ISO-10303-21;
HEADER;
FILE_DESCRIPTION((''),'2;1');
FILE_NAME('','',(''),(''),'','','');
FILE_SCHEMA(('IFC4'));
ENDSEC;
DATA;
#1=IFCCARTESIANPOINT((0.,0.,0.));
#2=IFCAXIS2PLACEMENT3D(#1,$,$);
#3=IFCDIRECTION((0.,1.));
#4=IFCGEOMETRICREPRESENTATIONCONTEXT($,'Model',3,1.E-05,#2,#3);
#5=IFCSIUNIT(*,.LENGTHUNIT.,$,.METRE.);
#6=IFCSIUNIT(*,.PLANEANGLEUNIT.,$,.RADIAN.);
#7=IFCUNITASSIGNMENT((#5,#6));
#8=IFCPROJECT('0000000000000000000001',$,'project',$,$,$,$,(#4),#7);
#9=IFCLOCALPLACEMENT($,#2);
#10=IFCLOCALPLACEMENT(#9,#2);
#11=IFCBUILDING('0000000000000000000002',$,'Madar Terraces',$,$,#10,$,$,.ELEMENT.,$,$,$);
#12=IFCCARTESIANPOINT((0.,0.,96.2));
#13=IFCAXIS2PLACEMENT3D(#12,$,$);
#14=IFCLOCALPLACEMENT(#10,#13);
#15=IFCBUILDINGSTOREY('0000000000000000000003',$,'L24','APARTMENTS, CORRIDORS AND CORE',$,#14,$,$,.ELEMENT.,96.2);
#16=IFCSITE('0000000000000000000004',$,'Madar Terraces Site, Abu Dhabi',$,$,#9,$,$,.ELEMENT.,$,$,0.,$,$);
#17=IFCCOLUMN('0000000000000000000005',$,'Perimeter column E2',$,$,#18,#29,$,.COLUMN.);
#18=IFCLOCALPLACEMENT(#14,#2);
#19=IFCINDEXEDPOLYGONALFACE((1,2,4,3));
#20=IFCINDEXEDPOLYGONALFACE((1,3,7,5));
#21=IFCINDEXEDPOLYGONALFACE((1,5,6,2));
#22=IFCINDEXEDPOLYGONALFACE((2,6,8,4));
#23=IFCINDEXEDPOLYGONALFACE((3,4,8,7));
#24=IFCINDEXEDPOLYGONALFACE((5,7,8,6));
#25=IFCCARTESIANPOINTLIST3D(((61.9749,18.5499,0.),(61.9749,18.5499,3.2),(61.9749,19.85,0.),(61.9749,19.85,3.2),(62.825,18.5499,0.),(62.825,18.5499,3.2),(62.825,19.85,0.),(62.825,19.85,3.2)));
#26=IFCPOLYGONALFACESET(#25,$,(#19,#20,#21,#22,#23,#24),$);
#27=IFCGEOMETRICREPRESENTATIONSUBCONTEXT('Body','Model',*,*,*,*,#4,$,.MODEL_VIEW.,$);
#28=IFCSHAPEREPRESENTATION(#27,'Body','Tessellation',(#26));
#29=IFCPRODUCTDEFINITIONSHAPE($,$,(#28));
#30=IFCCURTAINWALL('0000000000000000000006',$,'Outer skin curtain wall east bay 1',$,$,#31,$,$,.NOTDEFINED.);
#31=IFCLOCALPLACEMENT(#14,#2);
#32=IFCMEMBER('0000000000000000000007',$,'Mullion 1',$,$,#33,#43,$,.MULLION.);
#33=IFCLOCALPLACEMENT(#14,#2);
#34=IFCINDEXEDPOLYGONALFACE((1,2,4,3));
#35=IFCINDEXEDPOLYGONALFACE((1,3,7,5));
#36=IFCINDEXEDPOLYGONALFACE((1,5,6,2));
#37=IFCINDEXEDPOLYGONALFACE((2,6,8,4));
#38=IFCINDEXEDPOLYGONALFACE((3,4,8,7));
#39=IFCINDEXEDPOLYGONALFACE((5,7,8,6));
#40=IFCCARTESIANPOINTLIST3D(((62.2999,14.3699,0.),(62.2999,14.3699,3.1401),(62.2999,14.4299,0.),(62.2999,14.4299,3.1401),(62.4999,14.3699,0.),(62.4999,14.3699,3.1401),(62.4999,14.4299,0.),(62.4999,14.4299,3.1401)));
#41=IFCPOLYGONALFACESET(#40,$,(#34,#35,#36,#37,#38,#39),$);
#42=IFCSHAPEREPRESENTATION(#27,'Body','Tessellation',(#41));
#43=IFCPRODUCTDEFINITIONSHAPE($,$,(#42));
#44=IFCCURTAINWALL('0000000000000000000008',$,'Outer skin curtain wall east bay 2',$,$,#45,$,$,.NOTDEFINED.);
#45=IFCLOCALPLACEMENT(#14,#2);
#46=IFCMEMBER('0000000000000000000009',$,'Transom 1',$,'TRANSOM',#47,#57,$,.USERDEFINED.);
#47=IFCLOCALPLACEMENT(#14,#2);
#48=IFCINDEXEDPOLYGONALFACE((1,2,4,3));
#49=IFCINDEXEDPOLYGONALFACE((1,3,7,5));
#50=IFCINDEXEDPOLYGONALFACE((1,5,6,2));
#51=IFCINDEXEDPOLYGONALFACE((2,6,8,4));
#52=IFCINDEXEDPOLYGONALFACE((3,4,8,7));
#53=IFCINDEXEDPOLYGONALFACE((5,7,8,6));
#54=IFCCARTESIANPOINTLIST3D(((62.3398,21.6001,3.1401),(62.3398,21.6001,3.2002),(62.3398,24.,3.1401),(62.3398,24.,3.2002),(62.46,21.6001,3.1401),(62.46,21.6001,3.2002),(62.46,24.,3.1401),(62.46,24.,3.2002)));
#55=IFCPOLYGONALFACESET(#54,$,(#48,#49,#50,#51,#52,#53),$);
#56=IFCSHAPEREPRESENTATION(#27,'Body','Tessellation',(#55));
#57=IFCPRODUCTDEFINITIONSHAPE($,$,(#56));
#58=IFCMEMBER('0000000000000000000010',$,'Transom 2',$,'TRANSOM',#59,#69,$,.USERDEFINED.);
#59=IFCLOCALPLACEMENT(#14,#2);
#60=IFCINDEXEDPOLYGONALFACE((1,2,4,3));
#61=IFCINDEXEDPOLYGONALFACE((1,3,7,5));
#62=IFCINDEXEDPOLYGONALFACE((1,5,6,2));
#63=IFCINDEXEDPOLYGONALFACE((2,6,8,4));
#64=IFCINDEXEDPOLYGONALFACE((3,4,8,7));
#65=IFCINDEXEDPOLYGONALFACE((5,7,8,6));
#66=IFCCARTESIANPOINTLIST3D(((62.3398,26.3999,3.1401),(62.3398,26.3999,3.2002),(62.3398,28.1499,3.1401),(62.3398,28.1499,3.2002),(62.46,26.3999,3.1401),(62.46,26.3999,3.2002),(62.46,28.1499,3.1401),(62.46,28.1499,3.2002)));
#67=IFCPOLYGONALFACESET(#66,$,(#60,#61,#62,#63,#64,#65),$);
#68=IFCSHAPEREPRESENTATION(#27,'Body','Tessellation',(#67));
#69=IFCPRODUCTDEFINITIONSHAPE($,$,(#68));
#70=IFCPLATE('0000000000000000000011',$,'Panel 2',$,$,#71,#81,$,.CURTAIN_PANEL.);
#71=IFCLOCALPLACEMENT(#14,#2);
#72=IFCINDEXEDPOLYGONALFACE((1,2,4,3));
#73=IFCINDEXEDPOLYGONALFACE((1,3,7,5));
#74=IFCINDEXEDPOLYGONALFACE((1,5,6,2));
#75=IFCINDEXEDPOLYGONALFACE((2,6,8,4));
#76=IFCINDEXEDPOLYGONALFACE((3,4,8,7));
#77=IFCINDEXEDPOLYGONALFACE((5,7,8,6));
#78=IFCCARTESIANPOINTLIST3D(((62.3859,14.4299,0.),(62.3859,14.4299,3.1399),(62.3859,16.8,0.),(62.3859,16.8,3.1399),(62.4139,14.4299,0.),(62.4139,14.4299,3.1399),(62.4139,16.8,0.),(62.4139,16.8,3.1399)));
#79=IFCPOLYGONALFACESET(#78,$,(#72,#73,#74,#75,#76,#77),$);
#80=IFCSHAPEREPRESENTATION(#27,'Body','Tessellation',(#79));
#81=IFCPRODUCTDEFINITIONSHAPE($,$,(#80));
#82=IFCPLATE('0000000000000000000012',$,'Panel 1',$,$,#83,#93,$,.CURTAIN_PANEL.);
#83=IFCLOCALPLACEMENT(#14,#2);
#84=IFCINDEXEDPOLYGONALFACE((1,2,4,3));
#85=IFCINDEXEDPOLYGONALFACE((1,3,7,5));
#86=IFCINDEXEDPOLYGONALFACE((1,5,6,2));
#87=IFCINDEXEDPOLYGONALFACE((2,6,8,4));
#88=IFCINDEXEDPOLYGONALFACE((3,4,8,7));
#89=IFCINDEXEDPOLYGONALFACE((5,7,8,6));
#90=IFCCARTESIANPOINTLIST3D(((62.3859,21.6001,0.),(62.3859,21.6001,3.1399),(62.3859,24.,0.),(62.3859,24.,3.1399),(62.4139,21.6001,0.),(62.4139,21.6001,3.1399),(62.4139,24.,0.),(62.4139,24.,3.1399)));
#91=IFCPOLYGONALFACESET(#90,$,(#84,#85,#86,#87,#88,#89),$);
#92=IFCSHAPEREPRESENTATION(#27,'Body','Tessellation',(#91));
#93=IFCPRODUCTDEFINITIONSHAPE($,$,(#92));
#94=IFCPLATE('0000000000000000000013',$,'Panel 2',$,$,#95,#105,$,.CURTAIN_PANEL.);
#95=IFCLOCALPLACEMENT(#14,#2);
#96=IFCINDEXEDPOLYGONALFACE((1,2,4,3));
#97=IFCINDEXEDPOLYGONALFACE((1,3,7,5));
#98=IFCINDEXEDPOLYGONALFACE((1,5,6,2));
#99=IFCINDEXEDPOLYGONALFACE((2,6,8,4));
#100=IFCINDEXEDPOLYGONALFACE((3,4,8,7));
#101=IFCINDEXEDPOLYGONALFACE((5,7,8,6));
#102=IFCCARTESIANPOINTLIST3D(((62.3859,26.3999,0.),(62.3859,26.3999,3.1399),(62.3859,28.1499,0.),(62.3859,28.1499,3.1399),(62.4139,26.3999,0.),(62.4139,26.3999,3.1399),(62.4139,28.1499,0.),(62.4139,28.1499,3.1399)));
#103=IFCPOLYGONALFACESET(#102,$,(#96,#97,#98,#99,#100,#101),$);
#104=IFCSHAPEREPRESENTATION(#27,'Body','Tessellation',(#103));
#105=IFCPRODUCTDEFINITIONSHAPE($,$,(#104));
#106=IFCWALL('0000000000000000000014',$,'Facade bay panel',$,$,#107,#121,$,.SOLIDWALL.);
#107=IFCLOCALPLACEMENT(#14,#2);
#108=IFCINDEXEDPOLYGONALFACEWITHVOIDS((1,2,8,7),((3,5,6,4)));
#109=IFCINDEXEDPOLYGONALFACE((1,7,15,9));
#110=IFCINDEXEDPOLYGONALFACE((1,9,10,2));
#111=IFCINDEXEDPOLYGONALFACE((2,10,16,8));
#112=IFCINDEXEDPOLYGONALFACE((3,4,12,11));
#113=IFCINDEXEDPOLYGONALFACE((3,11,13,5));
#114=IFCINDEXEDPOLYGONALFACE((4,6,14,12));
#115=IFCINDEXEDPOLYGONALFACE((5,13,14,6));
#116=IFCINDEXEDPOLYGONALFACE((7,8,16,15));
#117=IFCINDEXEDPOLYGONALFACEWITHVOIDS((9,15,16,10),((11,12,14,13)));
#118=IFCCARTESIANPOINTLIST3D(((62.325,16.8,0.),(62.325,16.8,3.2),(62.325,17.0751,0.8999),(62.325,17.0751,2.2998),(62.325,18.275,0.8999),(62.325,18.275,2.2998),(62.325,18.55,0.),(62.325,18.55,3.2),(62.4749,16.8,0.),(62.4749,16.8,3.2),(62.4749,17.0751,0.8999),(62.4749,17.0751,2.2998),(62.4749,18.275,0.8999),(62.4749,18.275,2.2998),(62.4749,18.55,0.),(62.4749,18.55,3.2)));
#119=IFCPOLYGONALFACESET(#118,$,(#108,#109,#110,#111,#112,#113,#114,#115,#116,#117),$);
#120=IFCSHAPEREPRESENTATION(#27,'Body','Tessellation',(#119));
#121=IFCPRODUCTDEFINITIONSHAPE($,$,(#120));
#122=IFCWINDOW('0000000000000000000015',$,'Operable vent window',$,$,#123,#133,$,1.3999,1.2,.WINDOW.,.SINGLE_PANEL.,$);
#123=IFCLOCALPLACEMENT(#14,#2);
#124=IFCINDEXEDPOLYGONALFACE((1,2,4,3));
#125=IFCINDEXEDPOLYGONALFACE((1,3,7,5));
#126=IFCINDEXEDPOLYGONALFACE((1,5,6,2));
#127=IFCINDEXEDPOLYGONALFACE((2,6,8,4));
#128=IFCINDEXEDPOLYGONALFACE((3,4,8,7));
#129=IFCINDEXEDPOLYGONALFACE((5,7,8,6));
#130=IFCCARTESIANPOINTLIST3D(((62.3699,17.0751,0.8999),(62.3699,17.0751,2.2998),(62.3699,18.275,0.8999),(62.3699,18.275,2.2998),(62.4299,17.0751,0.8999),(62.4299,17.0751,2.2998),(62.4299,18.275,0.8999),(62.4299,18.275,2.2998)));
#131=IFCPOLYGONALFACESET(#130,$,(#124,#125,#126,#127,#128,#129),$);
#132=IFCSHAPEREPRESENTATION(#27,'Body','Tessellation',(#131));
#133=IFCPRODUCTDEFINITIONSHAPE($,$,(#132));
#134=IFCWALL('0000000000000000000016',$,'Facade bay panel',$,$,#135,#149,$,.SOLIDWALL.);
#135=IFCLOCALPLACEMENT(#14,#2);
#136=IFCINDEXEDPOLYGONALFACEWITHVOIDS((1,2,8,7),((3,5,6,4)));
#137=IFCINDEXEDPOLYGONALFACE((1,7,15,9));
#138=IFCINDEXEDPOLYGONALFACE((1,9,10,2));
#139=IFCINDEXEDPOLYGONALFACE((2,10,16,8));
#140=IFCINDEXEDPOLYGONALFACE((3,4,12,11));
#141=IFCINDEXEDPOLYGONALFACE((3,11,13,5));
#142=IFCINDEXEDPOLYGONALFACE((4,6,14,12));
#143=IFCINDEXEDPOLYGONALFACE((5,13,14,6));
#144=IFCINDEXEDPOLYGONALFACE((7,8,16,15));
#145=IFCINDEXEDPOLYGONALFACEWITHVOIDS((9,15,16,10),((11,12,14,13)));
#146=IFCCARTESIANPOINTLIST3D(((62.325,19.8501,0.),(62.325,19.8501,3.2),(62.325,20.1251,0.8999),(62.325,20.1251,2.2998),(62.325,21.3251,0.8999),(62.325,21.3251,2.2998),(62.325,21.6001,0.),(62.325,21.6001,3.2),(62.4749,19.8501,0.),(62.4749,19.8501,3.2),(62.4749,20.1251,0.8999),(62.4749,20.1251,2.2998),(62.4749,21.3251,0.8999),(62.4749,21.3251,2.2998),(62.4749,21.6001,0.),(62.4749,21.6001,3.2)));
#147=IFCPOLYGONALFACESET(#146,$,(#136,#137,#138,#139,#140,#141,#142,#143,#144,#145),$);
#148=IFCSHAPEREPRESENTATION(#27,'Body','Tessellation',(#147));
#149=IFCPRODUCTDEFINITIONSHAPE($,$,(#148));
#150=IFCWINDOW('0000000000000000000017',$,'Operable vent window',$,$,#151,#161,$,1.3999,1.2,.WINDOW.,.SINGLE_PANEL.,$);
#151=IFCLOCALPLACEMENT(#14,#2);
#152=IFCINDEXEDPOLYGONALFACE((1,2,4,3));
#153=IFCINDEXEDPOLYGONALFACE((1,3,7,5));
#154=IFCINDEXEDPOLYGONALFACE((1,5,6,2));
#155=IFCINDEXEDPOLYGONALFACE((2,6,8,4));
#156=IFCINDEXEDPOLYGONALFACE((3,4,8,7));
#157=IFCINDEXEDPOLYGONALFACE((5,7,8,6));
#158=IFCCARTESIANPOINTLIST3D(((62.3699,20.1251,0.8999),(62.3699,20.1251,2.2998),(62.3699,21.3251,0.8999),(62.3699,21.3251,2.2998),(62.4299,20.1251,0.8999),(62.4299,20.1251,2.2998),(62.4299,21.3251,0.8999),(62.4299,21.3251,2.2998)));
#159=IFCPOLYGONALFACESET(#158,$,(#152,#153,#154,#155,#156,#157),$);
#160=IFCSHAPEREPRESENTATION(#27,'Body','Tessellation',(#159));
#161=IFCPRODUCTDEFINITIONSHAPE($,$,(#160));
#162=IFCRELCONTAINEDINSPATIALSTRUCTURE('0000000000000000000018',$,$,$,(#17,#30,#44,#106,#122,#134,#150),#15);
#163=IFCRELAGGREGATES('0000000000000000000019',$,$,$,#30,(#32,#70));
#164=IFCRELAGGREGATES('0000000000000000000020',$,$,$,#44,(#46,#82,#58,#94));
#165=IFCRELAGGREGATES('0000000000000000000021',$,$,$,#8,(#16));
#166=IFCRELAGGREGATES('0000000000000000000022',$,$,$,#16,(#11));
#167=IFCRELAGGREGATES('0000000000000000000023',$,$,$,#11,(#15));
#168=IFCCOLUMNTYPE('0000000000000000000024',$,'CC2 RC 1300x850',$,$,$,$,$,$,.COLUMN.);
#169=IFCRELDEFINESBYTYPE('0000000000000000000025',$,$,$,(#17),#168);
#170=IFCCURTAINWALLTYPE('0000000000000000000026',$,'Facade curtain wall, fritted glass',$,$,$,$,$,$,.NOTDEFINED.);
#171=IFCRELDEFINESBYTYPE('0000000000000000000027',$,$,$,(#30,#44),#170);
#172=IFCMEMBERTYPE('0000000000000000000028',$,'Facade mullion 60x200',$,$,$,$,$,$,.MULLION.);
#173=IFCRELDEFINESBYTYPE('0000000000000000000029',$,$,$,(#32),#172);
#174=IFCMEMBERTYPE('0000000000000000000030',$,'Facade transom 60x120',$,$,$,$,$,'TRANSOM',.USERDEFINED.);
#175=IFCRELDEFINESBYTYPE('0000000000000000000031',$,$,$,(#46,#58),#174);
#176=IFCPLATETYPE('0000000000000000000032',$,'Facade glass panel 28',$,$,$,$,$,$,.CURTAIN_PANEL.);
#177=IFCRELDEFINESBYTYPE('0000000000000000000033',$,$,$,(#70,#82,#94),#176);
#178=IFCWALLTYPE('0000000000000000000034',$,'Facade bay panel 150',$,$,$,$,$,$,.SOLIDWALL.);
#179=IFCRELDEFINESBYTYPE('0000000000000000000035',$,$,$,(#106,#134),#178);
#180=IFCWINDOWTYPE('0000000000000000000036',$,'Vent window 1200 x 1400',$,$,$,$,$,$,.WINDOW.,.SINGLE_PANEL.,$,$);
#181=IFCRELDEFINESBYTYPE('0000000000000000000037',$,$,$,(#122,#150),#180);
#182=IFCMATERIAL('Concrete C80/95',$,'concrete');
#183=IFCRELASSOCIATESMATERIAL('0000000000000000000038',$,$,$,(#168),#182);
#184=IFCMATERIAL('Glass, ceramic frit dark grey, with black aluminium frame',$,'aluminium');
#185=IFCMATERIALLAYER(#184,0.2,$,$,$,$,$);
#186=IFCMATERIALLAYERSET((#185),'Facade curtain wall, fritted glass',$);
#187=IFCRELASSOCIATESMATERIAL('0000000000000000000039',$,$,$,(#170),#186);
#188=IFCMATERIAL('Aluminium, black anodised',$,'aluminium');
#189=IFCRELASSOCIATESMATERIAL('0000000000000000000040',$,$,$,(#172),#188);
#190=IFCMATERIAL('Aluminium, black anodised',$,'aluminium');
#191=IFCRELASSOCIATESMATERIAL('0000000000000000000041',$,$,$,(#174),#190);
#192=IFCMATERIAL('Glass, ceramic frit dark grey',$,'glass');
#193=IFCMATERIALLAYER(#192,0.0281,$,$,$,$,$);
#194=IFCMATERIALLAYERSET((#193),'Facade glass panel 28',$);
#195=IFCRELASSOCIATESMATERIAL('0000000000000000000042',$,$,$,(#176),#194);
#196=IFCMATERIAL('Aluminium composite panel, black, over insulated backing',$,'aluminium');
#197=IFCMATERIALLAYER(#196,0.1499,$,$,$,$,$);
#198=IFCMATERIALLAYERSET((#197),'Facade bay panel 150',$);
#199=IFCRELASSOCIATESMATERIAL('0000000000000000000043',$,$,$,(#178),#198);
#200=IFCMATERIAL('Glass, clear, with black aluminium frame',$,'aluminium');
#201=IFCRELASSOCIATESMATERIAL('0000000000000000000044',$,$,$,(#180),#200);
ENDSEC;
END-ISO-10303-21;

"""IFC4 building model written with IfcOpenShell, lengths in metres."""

from ifc_helpers import new_model, si_unit, direction, frame, frame_2d, origin, origin_2d, place, context, subcontext, project, spatial, rectangle, extrude, material, layer, layer_set, material_profile, profile_set, type_object, element, fill, aggregate, save


model = new_model("IFC4")

# Units and contexts
model_context = context("Model", 3, precision=1e-05, world=origin(), true_north=direction((0.0, 1.0)))
body_context = subcontext(model_context, "Body", "Model", "MODEL_VIEW")
ifc_project = project(units=[si_unit("LENGTHUNIT", "METRE"), si_unit("PLANEANGLEUNIT", "RADIAN")], contexts=[model_context])

# Site, building, storey
site_placement = place(None, origin())
site = spatial("IfcSite", under=ifc_project, at=site_placement, Name="Madar Terraces Site, Abu Dhabi", CompositionType="ELEMENT", RefElevation=0.0)
building_placement = place(site_placement, origin())
building = spatial("IfcBuilding", under=site, at=building_placement, Name="Madar Terraces", CompositionType="ELEMENT")
storey_placement = place(building_placement, frame((0.0, 0.0, 96.2)))
storey = spatial("IfcBuildingStorey", under=building, at=storey_placement, Name="L24", Description="APARTMENTS, CORRIDORS AND CORE", CompositionType="ELEMENT", Elevation=96.2)

# Column
ifc_material_1 = material(Name="Concrete C80/95", Category="concrete")
ifc_material_profile_1 = material_profile(ifc_material_1, rectangle(XDim=1.3, YDim=0.8501, at=origin_2d()), Name="CC2 RC 1300x850")
ifc_profile_set_1 = profile_set([ifc_material_profile_1], Name="Concrete C80/95")
column_type = type_object("IfcColumnType", Name="CC2 RC 1300x850", PredefinedType="COLUMN", material=ifc_profile_set_1)
column_placement = place(storey_placement, frame((62.3999, 19.2, 0.0), z_axis=(0.0, 0.0, 1.0), x_axis=(0.0, 1.0, 0.0)))
element("IfcColumn", 1, at=column_placement, inside=storey, type_object=column_type, Name="Perimeter column E2", PredefinedType="COLUMN", context=body_context, shape_type="SweptSolid", body=[
    extrude(rectangle(XDim=1.3, YDim=0.8501, at=origin_2d()), origin(), (0.0, 0.0, 1.0), 3.2),
])

# Curtain wall, member
ifc_material_2 = material(Name="Glass, ceramic frit dark grey, with black aluminium frame", Category="aluminium")
ifc_layer_1 = layer(ifc_material_2, 0.2)
ifc_layer_set_1 = layer_set([ifc_layer_1], Name="Facade curtain wall, fritted glass")
curtain_wall_type = type_object("IfcCurtainWallType", Name="Facade curtain wall, fritted glass", PredefinedType="NOTDEFINED", material=ifc_layer_set_1)
curtain_wall_1_placement = place(storey_placement, origin())
curtain_wall_1 = element("IfcCurtainWall", 2, at=curtain_wall_1_placement, inside=storey, type_object=curtain_wall_type, Name="Outer skin curtain wall east bay 1", PredefinedType="NOTDEFINED")
ifc_material_3 = material(Name="Aluminium, black anodised", Category="aluminium")
ifc_material_profile_2 = material_profile(ifc_material_3, rectangle(XDim=0.2, YDim=0.0601, at=origin_2d()), Name="Facade mullion 60x200")
ifc_profile_set_2 = profile_set([ifc_material_profile_2], Name="Aluminium, black anodised")
member_type_1 = type_object("IfcMemberType", Name="Facade mullion 60x200", PredefinedType="MULLION", material=ifc_profile_set_2)
member_1_placement = place(storey_placement, frame((62.3999, 14.3999, 0.0), z_axis=(0.0, 0.0, 1.0), x_axis=(-1.0, 0.0, 0.0)))
member_1 = element("IfcMember", 3, at=member_1_placement, type_object=member_type_1, Name="Mullion 1", PredefinedType="MULLION", context=body_context, shape_type="SweptSolid", body=[
    extrude(rectangle(XDim=0.2, YDim=0.0601, at=origin_2d()), origin(), (0.0, 0.0, 1.0), 3.1401),
])

# Curtain wall, members
curtain_wall_2_placement = place(storey_placement, origin())
curtain_wall_2 = element("IfcCurtainWall", 4, at=curtain_wall_2_placement, inside=storey, type_object=curtain_wall_type, Name="Outer skin curtain wall east bay 2", PredefinedType="NOTDEFINED")
ifc_material_4 = material(Name="Aluminium, black anodised", Category="aluminium")
ifc_material_profile_3 = material_profile(ifc_material_4, rectangle(XDim=0.1201, YDim=0.0601, at=origin_2d()), Name="Facade transom 60x120")
ifc_profile_set_3 = profile_set([ifc_material_profile_3], Name="Aluminium, black anodised")
member_type_2 = type_object("IfcMemberType", Name="Facade transom 60x120", ElementType="TRANSOM", PredefinedType="USERDEFINED", material=ifc_profile_set_3)
member_2_placement = place(storey_placement, frame((62.3999, 21.6001, 3.1702), z_axis=(0.0, 1.0, 0.0), x_axis=(-1.0, 0.0, 0.0)))
member_2 = element("IfcMember", 5, at=member_2_placement, type_object=member_type_2, Name="Transom 1", ObjectType="TRANSOM", PredefinedType="USERDEFINED", context=body_context, shape_type="SweptSolid", body=[
    extrude(rectangle(XDim=0.1201, YDim=0.0601, at=origin_2d()), origin(), (0.0, 0.0, 1.0), 2.3999),
])
member_3_placement = place(storey_placement, frame((62.3999, 26.3999, 3.1702), z_axis=(0.0, 1.0, 0.0), x_axis=(-1.0, 0.0, 0.0)))
member_3 = element("IfcMember", 6, at=member_3_placement, type_object=member_type_2, Name="Transom 2", ObjectType="TRANSOM", PredefinedType="USERDEFINED", context=body_context, shape_type="SweptSolid", body=[
    extrude(rectangle(XDim=0.1201, YDim=0.0601, at=origin_2d()), origin(), (0.0, 0.0, 1.0), 1.75),
])

# Plates
ifc_material_5 = material(Name="Glass, ceramic frit dark grey", Category="glass")
ifc_layer_2 = layer(ifc_material_5, 0.0281)
ifc_layer_set_2 = layer_set([ifc_layer_2], Name="Facade glass panel 28")
plate_type = type_object("IfcPlateType", Name="Facade glass panel 28", PredefinedType="CURTAIN_PANEL", material=ifc_layer_set_2)
plate_1_placement = place(storey_placement, frame((62.3999, 15.615, 0.0), z_axis=(0.0, 0.0, 1.0), x_axis=(0.0, 1.0, 0.0)))
plate_1 = element("IfcPlate", 7, at=plate_1_placement, type_object=plate_type, Name="Panel 2", PredefinedType="CURTAIN_PANEL", context=body_context, shape_type="SweptSolid", body=[
    extrude(rectangle(XDim=2.3701, YDim=0.0281, at=origin_2d()), origin(), (0.0, 0.0, 1.0), 3.1399),
])
aggregate(curtain_wall_1, [member_1, plate_1])
plate_2_placement = place(storey_placement, frame((62.3999, 22.8, 0.0), z_axis=(0.0, 0.0, 1.0), x_axis=(0.0, 1.0, 0.0)))
plate_2 = element("IfcPlate", 8, at=plate_2_placement, type_object=plate_type, Name="Panel 1", PredefinedType="CURTAIN_PANEL", context=body_context, shape_type="SweptSolid", body=[
    extrude(rectangle(XDim=2.3999, YDim=0.0281, at=origin_2d()), origin(), (0.0, 0.0, 1.0), 3.1399),
])
plate_3_placement = place(storey_placement, frame((62.3999, 27.2749, 0.0), z_axis=(0.0, 0.0, 1.0), x_axis=(0.0, 1.0, 0.0)))
plate_3 = element("IfcPlate", 9, at=plate_3_placement, type_object=plate_type, Name="Panel 2", PredefinedType="CURTAIN_PANEL", context=body_context, shape_type="SweptSolid", body=[
    extrude(rectangle(XDim=1.75, YDim=0.0281, at=origin_2d()), origin(), (0.0, 0.0, 1.0), 3.1399),
])
aggregate(curtain_wall_2, [member_2, plate_2, member_3, plate_3])

# Walls, openings, windows
ifc_material_6 = material(Name="Aluminium composite panel, black, over insulated backing", Category="aluminium")
ifc_layer_3 = layer(ifc_material_6, 0.1499)
ifc_layer_set_3 = layer_set([ifc_layer_3], Name="Facade bay panel 150")
wall_type_1 = type_object("IfcWallType", Name="Facade bay panel 150", PredefinedType="SOLIDWALL", material=ifc_layer_set_3)
wall_1_placement = place(storey_placement, frame((62.3999, 16.8, 0.0), z_axis=(0.0, 0.0, 1.0), x_axis=(0.0, 1.0, 0.0)))
wall_1 = element("IfcWall", 10, at=wall_1_placement, inside=storey, type_object=wall_type_1, Name="Facade bay panel", PredefinedType="SOLIDWALL", context=body_context, shape_type="SweptSolid", body=[
    extrude(rectangle(XDim=1.75, YDim=0.1499, at=frame_2d((0.875, 0.0))), origin(), (0.0, 0.0, 1.0), 3.2),
])
opening_1_placement = place(wall_1_placement, frame((0.2749, 0.0, 0.8999)))
opening_1 = element("IfcOpeningElement", 11, at=opening_1_placement, cuts=wall_1, PredefinedType="OPENING", context=body_context, shape_type="SweptSolid", body=[
    extrude(rectangle(XDim=1.2, YDim=1.3999, at=frame_2d((0.6001, 0.7))), frame((0.0, 0.085, 0.0), z_axis=(0.0, -1.0, 0.0), x_axis=(1.0, 0.0, 0.0)), (0.0, 0.0, 1.0), 0.1699),
])
ifc_material_7 = material(Name="Glass, clear, with black aluminium frame", Category="aluminium")
window_type = type_object("IfcWindowType", Name="Vent window 1200 x 1400", PartitioningType="SINGLE_PANEL", PredefinedType="WINDOW", material=ifc_material_7)
window_1_placement = place(opening_1_placement, origin())
window_1 = element("IfcWindow", 12, at=window_1_placement, inside=storey, type_object=window_type, Name="Operable vent window", OverallHeight=1.3999, OverallWidth=1.2, PartitioningType="SINGLE_PANEL", PredefinedType="WINDOW", context=body_context, shape_type="SweptSolid", body=[
    extrude(rectangle(XDim=1.2, YDim=1.3999, at=frame_2d((0.6001, 0.7))), frame((0.0, 0.03, 0.0), z_axis=(0.0, -1.0, 0.0), x_axis=(1.0, 0.0, 0.0)), (0.0, 0.0, 1.0), 0.0601),
])
fill(opening_1, window_1)
wall_2_placement = place(storey_placement, frame((62.3999, 19.8501, 0.0), z_axis=(0.0, 0.0, 1.0), x_axis=(0.0, 1.0, 0.0)))
wall_2 = element("IfcWall", 13, at=wall_2_placement, inside=storey, type_object=wall_type_1, Name="Facade bay panel", PredefinedType="SOLIDWALL", context=body_context, shape_type="SweptSolid", body=[
    extrude(rectangle(XDim=1.75, YDim=0.1499, at=frame_2d((0.875, 0.0))), origin(), (0.0, 0.0, 1.0), 3.2),
])
opening_2_placement = place(wall_2_placement, frame((0.2749, 0.0, 0.8999)))
opening_2 = element("IfcOpeningElement", 14, at=opening_2_placement, cuts=wall_2, PredefinedType="OPENING", context=body_context, shape_type="SweptSolid", body=[
    extrude(rectangle(XDim=1.2, YDim=1.3999, at=frame_2d((0.6001, 0.7))), frame((0.0, 0.085, 0.0), z_axis=(0.0, -1.0, 0.0), x_axis=(1.0, 0.0, 0.0)), (0.0, 0.0, 1.0), 0.1699),
])
window_2_placement = place(opening_2_placement, origin())
window_2 = element("IfcWindow", 15, at=window_2_placement, inside=storey, type_object=window_type, Name="Operable vent window", OverallHeight=1.3999, OverallWidth=1.2, PartitioningType="SINGLE_PANEL", PredefinedType="WINDOW", context=body_context, shape_type="SweptSolid", body=[
    extrude(rectangle(XDim=1.2, YDim=1.3999, at=frame_2d((0.6001, 0.7))), frame((0.0, 0.03, 0.0), z_axis=(0.0, -1.0, 0.0), x_axis=(1.0, 0.0, 0.0)), (0.0, 0.0, 1.0), 0.0601),
])
fill(opening_2, window_2)

save(model, "model.ifc")
